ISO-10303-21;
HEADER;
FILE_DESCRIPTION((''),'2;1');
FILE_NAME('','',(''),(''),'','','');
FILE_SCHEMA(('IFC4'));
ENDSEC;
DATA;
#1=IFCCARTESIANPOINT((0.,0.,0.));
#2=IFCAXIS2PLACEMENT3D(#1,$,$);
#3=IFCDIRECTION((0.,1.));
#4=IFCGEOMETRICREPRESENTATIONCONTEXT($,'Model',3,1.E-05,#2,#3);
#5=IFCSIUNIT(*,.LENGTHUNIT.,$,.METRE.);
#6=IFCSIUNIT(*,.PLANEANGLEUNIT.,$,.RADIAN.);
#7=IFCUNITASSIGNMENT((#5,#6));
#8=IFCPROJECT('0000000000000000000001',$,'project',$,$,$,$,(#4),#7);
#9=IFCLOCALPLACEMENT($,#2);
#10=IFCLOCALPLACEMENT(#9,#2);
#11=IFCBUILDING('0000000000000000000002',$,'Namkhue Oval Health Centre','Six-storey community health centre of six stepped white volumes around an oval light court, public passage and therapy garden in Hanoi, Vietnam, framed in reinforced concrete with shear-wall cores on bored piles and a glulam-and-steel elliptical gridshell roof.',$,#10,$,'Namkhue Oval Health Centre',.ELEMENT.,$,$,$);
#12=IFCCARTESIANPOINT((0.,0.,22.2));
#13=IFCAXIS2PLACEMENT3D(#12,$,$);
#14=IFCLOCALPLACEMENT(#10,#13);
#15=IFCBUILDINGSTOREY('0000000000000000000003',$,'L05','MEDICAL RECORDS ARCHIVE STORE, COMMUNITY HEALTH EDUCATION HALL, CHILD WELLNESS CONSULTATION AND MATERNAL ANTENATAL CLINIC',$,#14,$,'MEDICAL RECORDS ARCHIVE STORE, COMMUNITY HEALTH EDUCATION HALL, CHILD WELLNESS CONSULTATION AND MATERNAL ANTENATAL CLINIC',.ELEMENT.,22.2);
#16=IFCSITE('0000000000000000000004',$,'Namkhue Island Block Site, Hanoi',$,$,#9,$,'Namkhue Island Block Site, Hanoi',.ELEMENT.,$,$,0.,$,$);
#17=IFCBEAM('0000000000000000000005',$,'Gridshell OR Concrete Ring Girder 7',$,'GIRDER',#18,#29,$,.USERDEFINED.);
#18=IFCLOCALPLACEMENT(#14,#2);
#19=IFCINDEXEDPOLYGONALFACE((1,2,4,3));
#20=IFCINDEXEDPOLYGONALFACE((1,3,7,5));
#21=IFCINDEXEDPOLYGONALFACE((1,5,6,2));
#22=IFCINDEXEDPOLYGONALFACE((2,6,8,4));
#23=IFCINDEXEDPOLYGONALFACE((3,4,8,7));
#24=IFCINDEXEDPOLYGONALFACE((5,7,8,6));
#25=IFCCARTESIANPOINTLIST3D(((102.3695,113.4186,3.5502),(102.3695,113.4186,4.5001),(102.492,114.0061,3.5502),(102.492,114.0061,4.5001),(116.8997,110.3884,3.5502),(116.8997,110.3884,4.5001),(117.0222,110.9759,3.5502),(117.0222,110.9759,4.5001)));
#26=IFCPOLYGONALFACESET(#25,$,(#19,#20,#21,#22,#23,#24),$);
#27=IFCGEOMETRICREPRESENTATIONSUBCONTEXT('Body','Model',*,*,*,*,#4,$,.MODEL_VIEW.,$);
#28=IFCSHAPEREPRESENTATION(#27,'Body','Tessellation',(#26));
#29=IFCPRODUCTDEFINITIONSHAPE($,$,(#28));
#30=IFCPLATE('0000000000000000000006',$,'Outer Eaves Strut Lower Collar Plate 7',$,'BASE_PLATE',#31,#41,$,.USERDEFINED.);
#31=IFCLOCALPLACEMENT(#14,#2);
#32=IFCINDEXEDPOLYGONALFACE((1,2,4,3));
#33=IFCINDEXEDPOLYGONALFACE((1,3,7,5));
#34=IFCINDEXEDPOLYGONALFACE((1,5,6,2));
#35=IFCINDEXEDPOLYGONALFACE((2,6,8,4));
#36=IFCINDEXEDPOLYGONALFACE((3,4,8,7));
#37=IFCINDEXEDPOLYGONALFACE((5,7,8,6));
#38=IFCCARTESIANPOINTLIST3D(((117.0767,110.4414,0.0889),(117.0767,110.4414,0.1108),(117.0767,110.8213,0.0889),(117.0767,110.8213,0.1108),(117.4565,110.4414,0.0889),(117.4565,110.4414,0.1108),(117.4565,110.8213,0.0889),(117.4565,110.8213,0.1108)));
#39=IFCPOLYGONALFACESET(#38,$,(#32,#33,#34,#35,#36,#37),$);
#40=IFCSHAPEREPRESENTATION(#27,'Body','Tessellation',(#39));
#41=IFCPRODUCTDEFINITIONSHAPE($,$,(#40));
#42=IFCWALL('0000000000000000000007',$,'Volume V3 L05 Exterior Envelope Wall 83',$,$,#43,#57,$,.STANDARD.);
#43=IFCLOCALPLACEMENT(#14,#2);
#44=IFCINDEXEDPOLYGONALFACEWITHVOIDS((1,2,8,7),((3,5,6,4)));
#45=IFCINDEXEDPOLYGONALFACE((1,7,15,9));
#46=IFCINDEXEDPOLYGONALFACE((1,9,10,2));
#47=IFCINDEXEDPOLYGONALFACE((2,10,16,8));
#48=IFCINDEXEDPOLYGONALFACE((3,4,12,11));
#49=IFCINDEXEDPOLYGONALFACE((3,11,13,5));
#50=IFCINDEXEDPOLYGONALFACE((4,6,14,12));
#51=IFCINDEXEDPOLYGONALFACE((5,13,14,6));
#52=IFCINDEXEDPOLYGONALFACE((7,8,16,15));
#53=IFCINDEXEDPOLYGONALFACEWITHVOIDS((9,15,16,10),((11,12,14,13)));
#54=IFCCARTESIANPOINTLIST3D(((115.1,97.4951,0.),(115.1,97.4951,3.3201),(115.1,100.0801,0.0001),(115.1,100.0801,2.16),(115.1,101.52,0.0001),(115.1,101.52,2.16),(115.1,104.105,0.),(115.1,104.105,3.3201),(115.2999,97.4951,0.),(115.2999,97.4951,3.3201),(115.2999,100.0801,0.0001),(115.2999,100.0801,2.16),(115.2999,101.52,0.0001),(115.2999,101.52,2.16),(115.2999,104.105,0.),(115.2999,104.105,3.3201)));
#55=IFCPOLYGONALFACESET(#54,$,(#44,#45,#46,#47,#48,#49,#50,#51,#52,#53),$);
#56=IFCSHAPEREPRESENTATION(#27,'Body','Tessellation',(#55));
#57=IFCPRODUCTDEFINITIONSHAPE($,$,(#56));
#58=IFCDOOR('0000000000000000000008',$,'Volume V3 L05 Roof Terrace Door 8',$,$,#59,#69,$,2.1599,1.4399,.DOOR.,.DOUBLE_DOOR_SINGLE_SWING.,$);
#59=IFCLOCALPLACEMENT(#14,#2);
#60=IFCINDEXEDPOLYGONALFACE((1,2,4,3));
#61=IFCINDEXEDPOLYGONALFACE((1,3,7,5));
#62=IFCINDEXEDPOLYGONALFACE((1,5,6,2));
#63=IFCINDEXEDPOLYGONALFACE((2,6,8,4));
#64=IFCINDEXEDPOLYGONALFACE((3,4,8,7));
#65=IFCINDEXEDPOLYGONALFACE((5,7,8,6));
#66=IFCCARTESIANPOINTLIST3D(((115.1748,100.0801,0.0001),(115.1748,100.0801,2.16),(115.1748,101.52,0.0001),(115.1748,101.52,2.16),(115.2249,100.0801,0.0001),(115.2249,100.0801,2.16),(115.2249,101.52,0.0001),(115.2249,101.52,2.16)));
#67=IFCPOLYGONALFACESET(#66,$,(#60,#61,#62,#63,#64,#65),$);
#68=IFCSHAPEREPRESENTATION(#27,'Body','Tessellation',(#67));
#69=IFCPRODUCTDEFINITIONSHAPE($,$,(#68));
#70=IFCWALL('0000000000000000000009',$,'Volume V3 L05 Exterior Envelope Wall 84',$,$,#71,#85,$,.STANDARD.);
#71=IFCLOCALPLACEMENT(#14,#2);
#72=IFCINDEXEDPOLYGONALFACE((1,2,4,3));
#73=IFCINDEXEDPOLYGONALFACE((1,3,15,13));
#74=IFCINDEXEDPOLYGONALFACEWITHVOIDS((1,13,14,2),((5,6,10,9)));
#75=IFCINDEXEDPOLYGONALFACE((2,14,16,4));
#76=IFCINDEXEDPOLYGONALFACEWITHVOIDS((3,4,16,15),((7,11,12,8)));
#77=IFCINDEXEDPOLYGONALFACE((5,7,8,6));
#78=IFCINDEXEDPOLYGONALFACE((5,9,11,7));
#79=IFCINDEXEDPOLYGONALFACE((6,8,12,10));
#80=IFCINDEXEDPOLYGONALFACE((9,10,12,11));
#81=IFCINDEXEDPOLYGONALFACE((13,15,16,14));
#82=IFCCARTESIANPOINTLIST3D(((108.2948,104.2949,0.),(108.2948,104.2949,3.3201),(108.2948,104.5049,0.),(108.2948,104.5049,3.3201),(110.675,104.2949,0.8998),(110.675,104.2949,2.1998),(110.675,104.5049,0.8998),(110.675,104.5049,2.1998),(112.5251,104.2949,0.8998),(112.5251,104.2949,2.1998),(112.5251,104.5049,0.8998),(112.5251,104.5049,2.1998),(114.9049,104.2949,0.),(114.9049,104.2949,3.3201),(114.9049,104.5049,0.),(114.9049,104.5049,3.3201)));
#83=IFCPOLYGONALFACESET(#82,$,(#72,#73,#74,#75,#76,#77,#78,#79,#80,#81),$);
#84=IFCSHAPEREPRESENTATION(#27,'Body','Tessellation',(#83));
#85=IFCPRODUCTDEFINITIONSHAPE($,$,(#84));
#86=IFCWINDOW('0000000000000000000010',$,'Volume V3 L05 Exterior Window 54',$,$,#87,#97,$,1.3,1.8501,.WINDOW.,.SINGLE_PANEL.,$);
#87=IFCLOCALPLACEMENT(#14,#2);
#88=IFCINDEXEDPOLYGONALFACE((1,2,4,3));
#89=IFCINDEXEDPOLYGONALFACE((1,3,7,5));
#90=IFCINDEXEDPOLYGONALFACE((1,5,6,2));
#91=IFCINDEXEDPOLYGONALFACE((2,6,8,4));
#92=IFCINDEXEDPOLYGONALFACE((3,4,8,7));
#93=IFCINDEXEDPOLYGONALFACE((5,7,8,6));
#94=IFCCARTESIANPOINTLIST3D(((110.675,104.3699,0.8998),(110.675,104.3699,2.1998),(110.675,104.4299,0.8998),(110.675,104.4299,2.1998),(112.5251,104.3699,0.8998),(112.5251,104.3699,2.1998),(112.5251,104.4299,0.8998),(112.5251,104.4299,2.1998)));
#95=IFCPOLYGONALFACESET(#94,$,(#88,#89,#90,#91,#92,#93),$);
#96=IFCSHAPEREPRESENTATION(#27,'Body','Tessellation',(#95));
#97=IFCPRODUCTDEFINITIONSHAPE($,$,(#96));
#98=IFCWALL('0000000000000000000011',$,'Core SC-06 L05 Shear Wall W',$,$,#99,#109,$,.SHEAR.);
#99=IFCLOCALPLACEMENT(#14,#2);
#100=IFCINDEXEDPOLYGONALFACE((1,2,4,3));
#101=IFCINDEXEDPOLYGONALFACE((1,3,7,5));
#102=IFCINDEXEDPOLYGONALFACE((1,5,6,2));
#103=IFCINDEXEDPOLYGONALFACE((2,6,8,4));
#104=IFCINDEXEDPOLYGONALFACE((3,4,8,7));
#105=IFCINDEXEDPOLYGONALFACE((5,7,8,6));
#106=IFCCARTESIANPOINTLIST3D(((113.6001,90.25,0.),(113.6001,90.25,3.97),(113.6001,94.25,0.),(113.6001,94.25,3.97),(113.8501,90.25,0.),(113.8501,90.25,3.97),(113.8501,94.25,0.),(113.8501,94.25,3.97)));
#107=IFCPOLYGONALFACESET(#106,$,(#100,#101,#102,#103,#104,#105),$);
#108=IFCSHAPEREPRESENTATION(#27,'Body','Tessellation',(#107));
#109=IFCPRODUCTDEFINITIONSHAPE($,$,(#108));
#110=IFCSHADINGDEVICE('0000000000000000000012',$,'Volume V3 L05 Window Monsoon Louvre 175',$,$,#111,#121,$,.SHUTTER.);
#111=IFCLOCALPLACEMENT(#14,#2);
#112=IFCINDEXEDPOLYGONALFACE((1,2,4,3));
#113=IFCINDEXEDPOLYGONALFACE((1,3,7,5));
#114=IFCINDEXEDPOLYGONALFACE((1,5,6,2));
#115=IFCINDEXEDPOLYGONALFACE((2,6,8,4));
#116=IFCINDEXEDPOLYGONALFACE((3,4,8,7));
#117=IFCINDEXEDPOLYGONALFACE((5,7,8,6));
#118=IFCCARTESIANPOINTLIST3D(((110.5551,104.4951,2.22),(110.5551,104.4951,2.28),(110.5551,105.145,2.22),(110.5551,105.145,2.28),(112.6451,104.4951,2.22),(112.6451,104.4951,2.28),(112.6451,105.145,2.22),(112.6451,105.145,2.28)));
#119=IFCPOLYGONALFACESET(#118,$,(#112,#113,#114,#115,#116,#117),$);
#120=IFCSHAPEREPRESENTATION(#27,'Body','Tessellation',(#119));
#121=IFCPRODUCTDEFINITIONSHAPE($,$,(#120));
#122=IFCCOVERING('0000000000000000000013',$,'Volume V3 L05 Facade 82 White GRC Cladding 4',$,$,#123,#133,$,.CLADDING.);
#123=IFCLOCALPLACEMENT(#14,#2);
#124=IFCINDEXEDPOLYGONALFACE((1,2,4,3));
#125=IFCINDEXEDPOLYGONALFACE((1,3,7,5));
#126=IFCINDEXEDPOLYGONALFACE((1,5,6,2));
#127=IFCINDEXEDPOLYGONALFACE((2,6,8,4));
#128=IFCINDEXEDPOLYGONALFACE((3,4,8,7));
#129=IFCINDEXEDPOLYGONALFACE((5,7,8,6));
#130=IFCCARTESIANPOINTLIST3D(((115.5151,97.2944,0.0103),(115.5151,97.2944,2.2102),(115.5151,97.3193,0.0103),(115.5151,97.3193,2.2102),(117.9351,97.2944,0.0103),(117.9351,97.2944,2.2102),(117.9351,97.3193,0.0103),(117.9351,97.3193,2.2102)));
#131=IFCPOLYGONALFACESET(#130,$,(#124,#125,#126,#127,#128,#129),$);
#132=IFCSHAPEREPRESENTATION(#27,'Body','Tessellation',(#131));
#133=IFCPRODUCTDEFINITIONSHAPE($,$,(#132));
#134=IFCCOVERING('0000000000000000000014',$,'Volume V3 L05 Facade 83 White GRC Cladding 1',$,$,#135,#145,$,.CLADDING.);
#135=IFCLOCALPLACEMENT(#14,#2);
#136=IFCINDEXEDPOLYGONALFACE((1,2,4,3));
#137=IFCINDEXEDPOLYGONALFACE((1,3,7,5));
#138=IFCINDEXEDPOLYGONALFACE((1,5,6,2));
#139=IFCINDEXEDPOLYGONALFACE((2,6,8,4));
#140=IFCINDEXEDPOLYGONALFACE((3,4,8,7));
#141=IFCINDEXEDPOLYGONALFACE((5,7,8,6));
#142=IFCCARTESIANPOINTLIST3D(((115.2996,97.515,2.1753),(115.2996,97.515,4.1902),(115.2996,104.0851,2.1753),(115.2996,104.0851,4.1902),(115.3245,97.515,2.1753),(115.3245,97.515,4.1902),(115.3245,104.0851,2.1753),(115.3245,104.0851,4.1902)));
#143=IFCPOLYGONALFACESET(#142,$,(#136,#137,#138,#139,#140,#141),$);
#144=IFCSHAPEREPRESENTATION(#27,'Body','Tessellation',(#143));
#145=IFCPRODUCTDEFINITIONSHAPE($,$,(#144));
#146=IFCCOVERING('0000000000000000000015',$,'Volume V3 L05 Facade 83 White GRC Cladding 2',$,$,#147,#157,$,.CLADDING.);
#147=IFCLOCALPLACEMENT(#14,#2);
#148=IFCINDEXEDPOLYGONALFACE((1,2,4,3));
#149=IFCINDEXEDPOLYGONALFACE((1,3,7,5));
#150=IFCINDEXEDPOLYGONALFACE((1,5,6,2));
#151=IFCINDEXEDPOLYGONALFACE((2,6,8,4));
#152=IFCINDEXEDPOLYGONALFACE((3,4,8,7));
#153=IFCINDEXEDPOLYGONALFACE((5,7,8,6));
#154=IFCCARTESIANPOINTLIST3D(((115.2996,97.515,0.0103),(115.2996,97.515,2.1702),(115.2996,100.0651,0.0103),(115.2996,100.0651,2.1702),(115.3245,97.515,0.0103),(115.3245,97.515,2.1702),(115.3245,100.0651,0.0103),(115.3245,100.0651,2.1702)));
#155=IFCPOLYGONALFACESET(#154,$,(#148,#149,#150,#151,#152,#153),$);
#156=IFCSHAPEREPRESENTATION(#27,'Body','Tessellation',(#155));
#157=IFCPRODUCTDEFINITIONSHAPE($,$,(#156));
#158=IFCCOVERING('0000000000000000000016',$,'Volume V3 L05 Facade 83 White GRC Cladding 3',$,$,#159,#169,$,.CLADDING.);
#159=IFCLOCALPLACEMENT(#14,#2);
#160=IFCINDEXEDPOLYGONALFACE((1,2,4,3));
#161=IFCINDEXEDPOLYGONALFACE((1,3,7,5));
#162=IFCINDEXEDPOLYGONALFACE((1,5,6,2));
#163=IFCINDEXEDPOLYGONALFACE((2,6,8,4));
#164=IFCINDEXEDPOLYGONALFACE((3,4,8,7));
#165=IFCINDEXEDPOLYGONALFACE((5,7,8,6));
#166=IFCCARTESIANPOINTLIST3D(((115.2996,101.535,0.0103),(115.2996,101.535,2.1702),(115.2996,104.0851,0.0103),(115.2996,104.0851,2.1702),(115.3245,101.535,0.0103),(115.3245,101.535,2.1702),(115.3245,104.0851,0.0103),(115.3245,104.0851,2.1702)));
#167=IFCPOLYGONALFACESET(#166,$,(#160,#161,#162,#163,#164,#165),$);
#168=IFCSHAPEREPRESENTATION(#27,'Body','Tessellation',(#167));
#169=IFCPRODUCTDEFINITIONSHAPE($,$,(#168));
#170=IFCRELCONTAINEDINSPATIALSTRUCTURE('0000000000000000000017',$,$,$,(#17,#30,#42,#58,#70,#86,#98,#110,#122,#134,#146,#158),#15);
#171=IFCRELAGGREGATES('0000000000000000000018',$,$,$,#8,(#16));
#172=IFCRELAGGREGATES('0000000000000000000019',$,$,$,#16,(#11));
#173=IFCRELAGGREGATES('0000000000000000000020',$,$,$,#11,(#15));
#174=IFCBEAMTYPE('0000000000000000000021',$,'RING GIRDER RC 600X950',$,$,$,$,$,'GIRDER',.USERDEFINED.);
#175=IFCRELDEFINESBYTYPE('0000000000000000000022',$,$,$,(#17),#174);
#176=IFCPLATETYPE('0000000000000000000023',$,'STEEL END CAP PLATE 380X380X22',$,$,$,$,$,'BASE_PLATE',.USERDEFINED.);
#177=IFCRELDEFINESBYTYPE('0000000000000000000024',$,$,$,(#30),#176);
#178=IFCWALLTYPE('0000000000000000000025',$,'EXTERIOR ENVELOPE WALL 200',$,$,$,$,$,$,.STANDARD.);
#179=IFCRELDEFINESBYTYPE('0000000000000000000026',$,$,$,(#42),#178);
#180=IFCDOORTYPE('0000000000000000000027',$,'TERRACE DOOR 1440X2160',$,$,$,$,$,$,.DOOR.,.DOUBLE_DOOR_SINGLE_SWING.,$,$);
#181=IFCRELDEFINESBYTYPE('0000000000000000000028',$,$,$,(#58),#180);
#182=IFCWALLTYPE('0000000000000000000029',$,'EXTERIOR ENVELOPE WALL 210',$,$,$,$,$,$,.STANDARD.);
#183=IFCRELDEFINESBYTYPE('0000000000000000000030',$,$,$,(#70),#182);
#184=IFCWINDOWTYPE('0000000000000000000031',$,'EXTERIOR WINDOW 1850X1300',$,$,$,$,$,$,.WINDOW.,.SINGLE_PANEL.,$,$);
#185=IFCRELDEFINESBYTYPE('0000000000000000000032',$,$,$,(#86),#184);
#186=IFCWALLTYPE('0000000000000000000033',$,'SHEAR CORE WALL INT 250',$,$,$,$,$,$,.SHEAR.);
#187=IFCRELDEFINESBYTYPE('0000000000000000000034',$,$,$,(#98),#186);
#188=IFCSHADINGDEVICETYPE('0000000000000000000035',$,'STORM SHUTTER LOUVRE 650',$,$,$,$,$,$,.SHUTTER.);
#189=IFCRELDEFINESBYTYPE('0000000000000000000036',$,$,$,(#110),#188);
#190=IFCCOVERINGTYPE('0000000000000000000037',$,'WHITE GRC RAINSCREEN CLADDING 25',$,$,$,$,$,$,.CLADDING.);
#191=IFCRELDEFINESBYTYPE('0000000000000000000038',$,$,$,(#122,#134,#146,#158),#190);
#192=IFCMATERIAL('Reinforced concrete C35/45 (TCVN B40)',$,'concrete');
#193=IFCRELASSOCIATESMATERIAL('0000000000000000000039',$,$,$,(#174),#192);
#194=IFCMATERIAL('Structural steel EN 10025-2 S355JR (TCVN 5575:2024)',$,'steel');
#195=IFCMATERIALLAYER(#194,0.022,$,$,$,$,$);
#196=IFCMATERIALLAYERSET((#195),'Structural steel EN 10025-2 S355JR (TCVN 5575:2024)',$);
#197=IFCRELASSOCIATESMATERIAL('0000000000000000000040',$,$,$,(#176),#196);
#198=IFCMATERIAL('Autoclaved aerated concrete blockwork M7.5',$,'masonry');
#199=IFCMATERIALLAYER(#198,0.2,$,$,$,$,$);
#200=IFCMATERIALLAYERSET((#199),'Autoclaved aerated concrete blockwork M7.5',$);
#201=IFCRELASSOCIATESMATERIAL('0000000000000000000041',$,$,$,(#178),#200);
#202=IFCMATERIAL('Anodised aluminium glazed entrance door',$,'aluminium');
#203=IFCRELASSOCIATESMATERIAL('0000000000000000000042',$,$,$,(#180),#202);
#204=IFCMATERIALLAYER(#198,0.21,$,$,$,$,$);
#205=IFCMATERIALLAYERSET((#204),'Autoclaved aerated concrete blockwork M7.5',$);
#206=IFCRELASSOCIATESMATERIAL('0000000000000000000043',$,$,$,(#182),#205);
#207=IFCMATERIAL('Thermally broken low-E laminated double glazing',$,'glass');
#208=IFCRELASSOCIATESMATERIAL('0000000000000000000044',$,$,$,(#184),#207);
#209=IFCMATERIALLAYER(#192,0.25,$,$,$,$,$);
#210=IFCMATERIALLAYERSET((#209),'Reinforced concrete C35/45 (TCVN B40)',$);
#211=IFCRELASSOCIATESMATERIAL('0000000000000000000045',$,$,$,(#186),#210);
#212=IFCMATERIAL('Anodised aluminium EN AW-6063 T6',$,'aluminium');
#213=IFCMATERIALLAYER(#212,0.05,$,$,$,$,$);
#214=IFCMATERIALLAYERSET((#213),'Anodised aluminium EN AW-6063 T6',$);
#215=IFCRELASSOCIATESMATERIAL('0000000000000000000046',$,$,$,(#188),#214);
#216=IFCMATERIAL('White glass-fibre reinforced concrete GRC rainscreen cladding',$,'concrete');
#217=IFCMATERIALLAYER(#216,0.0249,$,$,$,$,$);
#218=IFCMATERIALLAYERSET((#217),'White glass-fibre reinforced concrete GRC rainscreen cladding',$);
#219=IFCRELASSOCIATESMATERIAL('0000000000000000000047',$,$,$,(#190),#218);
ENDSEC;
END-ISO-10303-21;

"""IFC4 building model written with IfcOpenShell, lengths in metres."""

from ifc_helpers import new_model, si_unit, direction, frame, frame_2d, origin, origin_2d, place, context, subcontext, project, spatial, rectangle, extrude, material, layer, layer_set, material_profile, profile_set, type_object, element, fill, save


model = new_model("IFC4")

# Units and contexts
model_context = context("Model", 3, precision=1e-05, world=origin(), true_north=direction((0.0, 1.0)))
body_context = subcontext(model_context, "Body", "Model", "MODEL_VIEW")
ifc_project = project(units=[si_unit("LENGTHUNIT", "METRE"), si_unit("PLANEANGLEUNIT", "RADIAN")], contexts=[model_context])

# Site, building, storey
site_placement = place(None, origin())
site = spatial("IfcSite", under=ifc_project, at=site_placement, Name="Namkhue Island Block Site, Hanoi", LongName="Namkhue Island Block Site, Hanoi", CompositionType="ELEMENT", RefElevation=0.0)
building_placement = place(site_placement, origin())
building = spatial("IfcBuilding", under=site, at=building_placement, Name="Namkhue Oval Health Centre", Description="Six-storey community health centre of six stepped white volumes around an oval light court, public passage and therapy garden in Hanoi, Vietnam, framed in reinforced concrete with shear-wall cores on bored piles and a glulam-and-steel elliptical gridshell roof.", LongName="Namkhue Oval Health Centre", CompositionType="ELEMENT")
storey_placement = place(building_placement, frame((0.0, 0.0, 22.2)))
storey = spatial("IfcBuildingStorey", under=building, at=storey_placement, Name="L05", Description="MEDICAL RECORDS ARCHIVE STORE, COMMUNITY HEALTH EDUCATION HALL, CHILD WELLNESS CONSULTATION AND MATERNAL ANTENATAL CLINIC", LongName="MEDICAL RECORDS ARCHIVE STORE, COMMUNITY HEALTH EDUCATION HALL, CHILD WELLNESS CONSULTATION AND MATERNAL ANTENATAL CLINIC", CompositionType="ELEMENT", Elevation=22.2)

# Shared definitions
ifc_material_1 = material(Name="Reinforced concrete C35/45 (TCVN B40)", Category="concrete")

# Shared definitions
ifc_material_2 = material(Name="Structural steel EN 10025-2 S355JR (TCVN 5575:2024)", Category="steel")

# Beam
ifc_material_profile_1 = material_profile(ifc_material_1, rectangle(XDim=0.6001, YDim=0.95, at=origin_2d()), Name="RC 600x950")
ifc_profile_set_1 = profile_set([ifc_material_profile_1], Name="Reinforced concrete C35/45 (TCVN B40)")
beam_type_1 = type_object("IfcBeamType", Name="RING GIRDER RC 600X950", ElementType="GIRDER", PredefinedType="USERDEFINED", material=ifc_profile_set_1)
beam_placement = place(storey_placement, frame((116.9609, 110.6821, 4.0251), z_axis=(-0.978938, 0.204157, 0.0), x_axis=(-0.204157, -0.978938, 0.0)))
element("IfcBeam", 1, at=beam_placement, inside=storey, type_object=beam_type_1, Name="Gridshell OR Concrete Ring Girder 7", ObjectType="GIRDER", PredefinedType="USERDEFINED", context=body_context, shape_type="SweptSolid", body=[
    extrude(rectangle(XDim=0.6001, YDim=0.95, at=origin_2d()), origin(), (0.0, 0.0, 1.0), 14.8428),
])

# Plate
ifc_layer_1 = layer(ifc_material_2, 0.022)
ifc_layer_set_1 = layer_set([ifc_layer_1], Name="Structural steel EN 10025-2 S355JR (TCVN 5575:2024)")
plate_type = type_object("IfcPlateType", Name="STEEL END CAP PLATE 380X380X22", ElementType="BASE_PLATE", PredefinedType="USERDEFINED", material=ifc_layer_set_1)
plate_placement = place(storey_placement, frame((117.2666, 110.6313, 0.0889), z_axis=(0.0, 0.0, 1.0), x_axis=(1.0, 0.0, 0.0)))
element("IfcPlate", 2, at=plate_placement, inside=storey, type_object=plate_type, Name="Outer Eaves Strut Lower Collar Plate 7", ObjectType="BASE_PLATE", PredefinedType="USERDEFINED", context=body_context, shape_type="SweptSolid", body=[
    extrude(rectangle(XDim=0.3799, YDim=0.3799, at=origin_2d()), origin(), (0.0, 0.0, 1.0), 0.022),
])

# Wall, opening, door
ifc_material_3 = material(Name="Autoclaved aerated concrete blockwork M7.5", Category="masonry")
ifc_layer_2 = layer(ifc_material_3, 0.2)
ifc_layer_set_2 = layer_set([ifc_layer_2], Name="Autoclaved aerated concrete blockwork M7.5")
wall_type_1 = type_object("IfcWallType", Name="EXTERIOR ENVELOPE WALL 200", PredefinedType="STANDARD", material=ifc_layer_set_2)
wall_1_placement = place(storey_placement, frame((115.2, 97.4951, 0.0), z_axis=(0.0, 0.0, 1.0), x_axis=(0.0, 1.0, 0.0)))
wall_1 = element("IfcWall", 3, at=wall_1_placement, inside=storey, type_object=wall_type_1, Name="Volume V3 L05 Exterior Envelope Wall 83", PredefinedType="STANDARD", context=body_context, shape_type="SweptSolid", body=[
    extrude(rectangle(XDim=6.6099, YDim=0.2, at=frame_2d((3.3049, 0.0))), origin(), (0.0, 0.0, 1.0), 3.3201),
])
opening_1_placement = place(wall_1_placement, frame((2.585, 0.0, 0.0)))
opening_1 = element("IfcOpeningElement", 4, at=opening_1_placement, cuts=wall_1, PredefinedType="OPENING", context=body_context, shape_type="SweptSolid", body=[
    extrude(rectangle(XDim=1.4399, YDim=2.1599, at=frame_2d((0.72, 1.0801))), frame((0.0, 0.1099, 0.0), z_axis=(0.0, -1.0, 0.0), x_axis=(1.0, 0.0, 0.0)), (0.0, 0.0, 1.0), 0.22),
])
ifc_material_4 = material(Name="Anodised aluminium glazed entrance door", Category="aluminium")
door_type = type_object("IfcDoorType", Name="TERRACE DOOR 1440X2160", OperationType="DOUBLE_DOOR_SINGLE_SWING", PredefinedType="DOOR", material=ifc_material_4)
door_placement = place(opening_1_placement, frame((1.4399, 0.0, 0.0), z_axis=(0.0, 0.0, 1.0), x_axis=(-1.0, 0.0, 0.0)))
door = element("IfcDoor", 5, at=door_placement, inside=storey, type_object=door_type, Name="Volume V3 L05 Roof Terrace Door 8", OperationType="DOUBLE_DOOR_SINGLE_SWING", OverallHeight=2.1599, OverallWidth=1.4399, PredefinedType="DOOR", context=body_context, shape_type="SweptSolid", body=[
    extrude(rectangle(XDim=1.4399, YDim=2.1599, at=frame_2d((0.72, 1.0801))), frame((0.0, 0.0249, 0.0), z_axis=(0.0, -1.0, 0.0), x_axis=(1.0, 0.0, 0.0)), (0.0, 0.0, 1.0), 0.05),
])
fill(opening_1, door)

# Wall, opening, window
ifc_layer_3 = layer(ifc_material_3, 0.21)
ifc_layer_set_3 = layer_set([ifc_layer_3], Name="Autoclaved aerated concrete blockwork M7.5")
wall_type_2 = type_object("IfcWallType", Name="EXTERIOR ENVELOPE WALL 210", PredefinedType="STANDARD", material=ifc_layer_set_3)
wall_2_placement = place(storey_placement, frame((114.905, 104.3999, 0.0), z_axis=(0.0, 0.0, 1.0), x_axis=(-1.0, 0.0, 0.0)))
wall_2 = element("IfcWall", 6, at=wall_2_placement, inside=storey, type_object=wall_type_2, Name="Volume V3 L05 Exterior Envelope Wall 84", PredefinedType="STANDARD", context=body_context, shape_type="SweptSolid", body=[
    extrude(rectangle(XDim=6.6101, YDim=0.21, at=frame_2d((3.3052, 0.0))), origin(), (0.0, 0.0, 1.0), 3.3201),
])
opening_2_placement = place(wall_2_placement, frame((2.3799, 0.0, 0.8999)))
opening_2 = element("IfcOpeningElement", 7, at=opening_2_placement, cuts=wall_2, PredefinedType="OPENING", context=body_context, shape_type="SweptSolid", body=[
    extrude(rectangle(XDim=1.8501, YDim=1.3, at=frame_2d((0.925, 0.6499))), frame((0.0, 0.115, 0.0), z_axis=(0.0, -1.0, 0.0), x_axis=(1.0, 0.0, 0.0)), (0.0, 0.0, 1.0), 0.23),
])
ifc_material_5 = material(Name="Thermally broken low-E laminated double glazing", Category="glass")
window_type = type_object("IfcWindowType", Name="EXTERIOR WINDOW 1850X1300", PartitioningType="SINGLE_PANEL", PredefinedType="WINDOW", material=ifc_material_5)
window_placement = place(opening_2_placement, origin())
window = element("IfcWindow", 8, at=window_placement, inside=storey, type_object=window_type, Name="Volume V3 L05 Exterior Window 54", OverallHeight=1.3, OverallWidth=1.8501, PartitioningType="SINGLE_PANEL", PredefinedType="WINDOW", context=body_context, shape_type="SweptSolid", body=[
    extrude(rectangle(XDim=1.8501, YDim=1.3, at=frame_2d((0.925, 0.6499))), frame((0.0, 0.03, 0.0), z_axis=(0.0, -1.0, 0.0), x_axis=(1.0, 0.0, 0.0)), (0.0, 0.0, 1.0), 0.0601),
])
fill(opening_2, window)

# Wall
ifc_layer_4 = layer(ifc_material_1, 0.25)
ifc_layer_set_4 = layer_set([ifc_layer_4], Name="Reinforced concrete C35/45 (TCVN B40)")
wall_type_3 = type_object("IfcWallType", Name="SHEAR CORE WALL INT 250", PredefinedType="SHEAR", material=ifc_layer_set_4)
wall_3_placement = place(storey_placement, frame((113.7251, 94.25, 0.0), z_axis=(0.0, 0.0, 1.0), x_axis=(0.0, -1.0, 0.0)))
element("IfcWall", 9, at=wall_3_placement, inside=storey, type_object=wall_type_3, Name="Core SC-06 L05 Shear Wall W", PredefinedType="SHEAR", context=body_context, shape_type="SweptSolid", body=[
    extrude(rectangle(XDim=4.0, YDim=0.25, at=frame_2d((2.0, 0.0))), origin(), (0.0, 0.0, 1.0), 3.97),
])

# Shading device
ifc_material_6 = material(Name="Anodised aluminium EN AW-6063 T6", Category="aluminium")
ifc_layer_5 = layer(ifc_material_6, 0.05)
ifc_layer_set_5 = layer_set([ifc_layer_5], Name="Anodised aluminium EN AW-6063 T6")
shading_device_type = type_object("IfcShadingDeviceType", Name="STORM SHUTTER LOUVRE 650", PredefinedType="SHUTTER", material=ifc_layer_set_5)
shading_device_placement = place(storey_placement, frame((111.6001, 104.8201, 2.22), z_axis=(0.0, 0.0, 1.0), x_axis=(-1.0, 0.0, 0.0)))
element("IfcShadingDevice", 10, at=shading_device_placement, inside=storey, type_object=shading_device_type, Name="Volume V3 L05 Window Monsoon Louvre 175", PredefinedType="SHUTTER", context=body_context, shape_type="SweptSolid", body=[
    extrude(rectangle(XDim=2.0901, YDim=0.6499, at=origin_2d()), origin(), (0.0, 0.0, 1.0), 0.0601),
])

# Coverings
ifc_material_7 = material(Name="White glass-fibre reinforced concrete GRC rainscreen cladding", Category="concrete")
ifc_layer_6 = layer(ifc_material_7, 0.0249)
ifc_layer_set_6 = layer_set([ifc_layer_6], Name="White glass-fibre reinforced concrete GRC rainscreen cladding")
covering_type = type_object("IfcCoveringType", Name="WHITE GRC RAINSCREEN CLADDING 25", PredefinedType="CLADDING", material=ifc_layer_set_6)
covering_1_placement = place(storey_placement, frame((116.7251, 97.3069, 0.0103), z_axis=(0.0, 0.0, 1.0), x_axis=(-1.0, 0.0, 0.0)))
element("IfcCovering", 11, at=covering_1_placement, inside=storey, type_object=covering_type, Name="Volume V3 L05 Facade 82 White GRC Cladding 4", PredefinedType="CLADDING", context=body_context, shape_type="SweptSolid", body=[
    extrude(rectangle(XDim=2.4199, YDim=0.0249, at=origin_2d()), origin(), (0.0, 0.0, 1.0), 2.2),
])
covering_2_placement = place(storey_placement, frame((115.312, 100.8, 2.1753), z_axis=(0.0, 0.0, 1.0), x_axis=(0.0, 1.0, 0.0)))
element("IfcCovering", 12, at=covering_2_placement, inside=storey, type_object=covering_type, Name="Volume V3 L05 Facade 83 White GRC Cladding 1", PredefinedType="CLADDING", context=body_context, shape_type="SweptSolid", body=[
    extrude(rectangle(XDim=6.5701, YDim=0.0249, at=origin_2d()), origin(), (0.0, 0.0, 1.0), 2.0149),
])
for number, where, z_axis, x_axis, name in (
    (13, (115.312, 98.79, 0.0103), (0.0, 0.0, 1.0), (0.0, 1.0, 0.0), "Volume V3 L05 Facade 83 White GRC Cladding 2"),
    (14, (115.312, 102.8101, 0.0103), (0.0, 0.0, 1.0), (0.0, 1.0, 0.0), "Volume V3 L05 Facade 83 White GRC Cladding 3"),
):
    element("IfcCovering", number, at=place(storey_placement, frame(where, z_axis=z_axis, x_axis=x_axis)), inside=storey, type_object=covering_type, Name=name, PredefinedType="CLADDING", context=body_context, shape_type="SweptSolid", body=[
        extrude(rectangle(XDim=2.55, YDim=0.0249, at=origin_2d()), origin(), (0.0, 0.0, 1.0), 2.1599),
    ])

save(model, "model.ifc")
